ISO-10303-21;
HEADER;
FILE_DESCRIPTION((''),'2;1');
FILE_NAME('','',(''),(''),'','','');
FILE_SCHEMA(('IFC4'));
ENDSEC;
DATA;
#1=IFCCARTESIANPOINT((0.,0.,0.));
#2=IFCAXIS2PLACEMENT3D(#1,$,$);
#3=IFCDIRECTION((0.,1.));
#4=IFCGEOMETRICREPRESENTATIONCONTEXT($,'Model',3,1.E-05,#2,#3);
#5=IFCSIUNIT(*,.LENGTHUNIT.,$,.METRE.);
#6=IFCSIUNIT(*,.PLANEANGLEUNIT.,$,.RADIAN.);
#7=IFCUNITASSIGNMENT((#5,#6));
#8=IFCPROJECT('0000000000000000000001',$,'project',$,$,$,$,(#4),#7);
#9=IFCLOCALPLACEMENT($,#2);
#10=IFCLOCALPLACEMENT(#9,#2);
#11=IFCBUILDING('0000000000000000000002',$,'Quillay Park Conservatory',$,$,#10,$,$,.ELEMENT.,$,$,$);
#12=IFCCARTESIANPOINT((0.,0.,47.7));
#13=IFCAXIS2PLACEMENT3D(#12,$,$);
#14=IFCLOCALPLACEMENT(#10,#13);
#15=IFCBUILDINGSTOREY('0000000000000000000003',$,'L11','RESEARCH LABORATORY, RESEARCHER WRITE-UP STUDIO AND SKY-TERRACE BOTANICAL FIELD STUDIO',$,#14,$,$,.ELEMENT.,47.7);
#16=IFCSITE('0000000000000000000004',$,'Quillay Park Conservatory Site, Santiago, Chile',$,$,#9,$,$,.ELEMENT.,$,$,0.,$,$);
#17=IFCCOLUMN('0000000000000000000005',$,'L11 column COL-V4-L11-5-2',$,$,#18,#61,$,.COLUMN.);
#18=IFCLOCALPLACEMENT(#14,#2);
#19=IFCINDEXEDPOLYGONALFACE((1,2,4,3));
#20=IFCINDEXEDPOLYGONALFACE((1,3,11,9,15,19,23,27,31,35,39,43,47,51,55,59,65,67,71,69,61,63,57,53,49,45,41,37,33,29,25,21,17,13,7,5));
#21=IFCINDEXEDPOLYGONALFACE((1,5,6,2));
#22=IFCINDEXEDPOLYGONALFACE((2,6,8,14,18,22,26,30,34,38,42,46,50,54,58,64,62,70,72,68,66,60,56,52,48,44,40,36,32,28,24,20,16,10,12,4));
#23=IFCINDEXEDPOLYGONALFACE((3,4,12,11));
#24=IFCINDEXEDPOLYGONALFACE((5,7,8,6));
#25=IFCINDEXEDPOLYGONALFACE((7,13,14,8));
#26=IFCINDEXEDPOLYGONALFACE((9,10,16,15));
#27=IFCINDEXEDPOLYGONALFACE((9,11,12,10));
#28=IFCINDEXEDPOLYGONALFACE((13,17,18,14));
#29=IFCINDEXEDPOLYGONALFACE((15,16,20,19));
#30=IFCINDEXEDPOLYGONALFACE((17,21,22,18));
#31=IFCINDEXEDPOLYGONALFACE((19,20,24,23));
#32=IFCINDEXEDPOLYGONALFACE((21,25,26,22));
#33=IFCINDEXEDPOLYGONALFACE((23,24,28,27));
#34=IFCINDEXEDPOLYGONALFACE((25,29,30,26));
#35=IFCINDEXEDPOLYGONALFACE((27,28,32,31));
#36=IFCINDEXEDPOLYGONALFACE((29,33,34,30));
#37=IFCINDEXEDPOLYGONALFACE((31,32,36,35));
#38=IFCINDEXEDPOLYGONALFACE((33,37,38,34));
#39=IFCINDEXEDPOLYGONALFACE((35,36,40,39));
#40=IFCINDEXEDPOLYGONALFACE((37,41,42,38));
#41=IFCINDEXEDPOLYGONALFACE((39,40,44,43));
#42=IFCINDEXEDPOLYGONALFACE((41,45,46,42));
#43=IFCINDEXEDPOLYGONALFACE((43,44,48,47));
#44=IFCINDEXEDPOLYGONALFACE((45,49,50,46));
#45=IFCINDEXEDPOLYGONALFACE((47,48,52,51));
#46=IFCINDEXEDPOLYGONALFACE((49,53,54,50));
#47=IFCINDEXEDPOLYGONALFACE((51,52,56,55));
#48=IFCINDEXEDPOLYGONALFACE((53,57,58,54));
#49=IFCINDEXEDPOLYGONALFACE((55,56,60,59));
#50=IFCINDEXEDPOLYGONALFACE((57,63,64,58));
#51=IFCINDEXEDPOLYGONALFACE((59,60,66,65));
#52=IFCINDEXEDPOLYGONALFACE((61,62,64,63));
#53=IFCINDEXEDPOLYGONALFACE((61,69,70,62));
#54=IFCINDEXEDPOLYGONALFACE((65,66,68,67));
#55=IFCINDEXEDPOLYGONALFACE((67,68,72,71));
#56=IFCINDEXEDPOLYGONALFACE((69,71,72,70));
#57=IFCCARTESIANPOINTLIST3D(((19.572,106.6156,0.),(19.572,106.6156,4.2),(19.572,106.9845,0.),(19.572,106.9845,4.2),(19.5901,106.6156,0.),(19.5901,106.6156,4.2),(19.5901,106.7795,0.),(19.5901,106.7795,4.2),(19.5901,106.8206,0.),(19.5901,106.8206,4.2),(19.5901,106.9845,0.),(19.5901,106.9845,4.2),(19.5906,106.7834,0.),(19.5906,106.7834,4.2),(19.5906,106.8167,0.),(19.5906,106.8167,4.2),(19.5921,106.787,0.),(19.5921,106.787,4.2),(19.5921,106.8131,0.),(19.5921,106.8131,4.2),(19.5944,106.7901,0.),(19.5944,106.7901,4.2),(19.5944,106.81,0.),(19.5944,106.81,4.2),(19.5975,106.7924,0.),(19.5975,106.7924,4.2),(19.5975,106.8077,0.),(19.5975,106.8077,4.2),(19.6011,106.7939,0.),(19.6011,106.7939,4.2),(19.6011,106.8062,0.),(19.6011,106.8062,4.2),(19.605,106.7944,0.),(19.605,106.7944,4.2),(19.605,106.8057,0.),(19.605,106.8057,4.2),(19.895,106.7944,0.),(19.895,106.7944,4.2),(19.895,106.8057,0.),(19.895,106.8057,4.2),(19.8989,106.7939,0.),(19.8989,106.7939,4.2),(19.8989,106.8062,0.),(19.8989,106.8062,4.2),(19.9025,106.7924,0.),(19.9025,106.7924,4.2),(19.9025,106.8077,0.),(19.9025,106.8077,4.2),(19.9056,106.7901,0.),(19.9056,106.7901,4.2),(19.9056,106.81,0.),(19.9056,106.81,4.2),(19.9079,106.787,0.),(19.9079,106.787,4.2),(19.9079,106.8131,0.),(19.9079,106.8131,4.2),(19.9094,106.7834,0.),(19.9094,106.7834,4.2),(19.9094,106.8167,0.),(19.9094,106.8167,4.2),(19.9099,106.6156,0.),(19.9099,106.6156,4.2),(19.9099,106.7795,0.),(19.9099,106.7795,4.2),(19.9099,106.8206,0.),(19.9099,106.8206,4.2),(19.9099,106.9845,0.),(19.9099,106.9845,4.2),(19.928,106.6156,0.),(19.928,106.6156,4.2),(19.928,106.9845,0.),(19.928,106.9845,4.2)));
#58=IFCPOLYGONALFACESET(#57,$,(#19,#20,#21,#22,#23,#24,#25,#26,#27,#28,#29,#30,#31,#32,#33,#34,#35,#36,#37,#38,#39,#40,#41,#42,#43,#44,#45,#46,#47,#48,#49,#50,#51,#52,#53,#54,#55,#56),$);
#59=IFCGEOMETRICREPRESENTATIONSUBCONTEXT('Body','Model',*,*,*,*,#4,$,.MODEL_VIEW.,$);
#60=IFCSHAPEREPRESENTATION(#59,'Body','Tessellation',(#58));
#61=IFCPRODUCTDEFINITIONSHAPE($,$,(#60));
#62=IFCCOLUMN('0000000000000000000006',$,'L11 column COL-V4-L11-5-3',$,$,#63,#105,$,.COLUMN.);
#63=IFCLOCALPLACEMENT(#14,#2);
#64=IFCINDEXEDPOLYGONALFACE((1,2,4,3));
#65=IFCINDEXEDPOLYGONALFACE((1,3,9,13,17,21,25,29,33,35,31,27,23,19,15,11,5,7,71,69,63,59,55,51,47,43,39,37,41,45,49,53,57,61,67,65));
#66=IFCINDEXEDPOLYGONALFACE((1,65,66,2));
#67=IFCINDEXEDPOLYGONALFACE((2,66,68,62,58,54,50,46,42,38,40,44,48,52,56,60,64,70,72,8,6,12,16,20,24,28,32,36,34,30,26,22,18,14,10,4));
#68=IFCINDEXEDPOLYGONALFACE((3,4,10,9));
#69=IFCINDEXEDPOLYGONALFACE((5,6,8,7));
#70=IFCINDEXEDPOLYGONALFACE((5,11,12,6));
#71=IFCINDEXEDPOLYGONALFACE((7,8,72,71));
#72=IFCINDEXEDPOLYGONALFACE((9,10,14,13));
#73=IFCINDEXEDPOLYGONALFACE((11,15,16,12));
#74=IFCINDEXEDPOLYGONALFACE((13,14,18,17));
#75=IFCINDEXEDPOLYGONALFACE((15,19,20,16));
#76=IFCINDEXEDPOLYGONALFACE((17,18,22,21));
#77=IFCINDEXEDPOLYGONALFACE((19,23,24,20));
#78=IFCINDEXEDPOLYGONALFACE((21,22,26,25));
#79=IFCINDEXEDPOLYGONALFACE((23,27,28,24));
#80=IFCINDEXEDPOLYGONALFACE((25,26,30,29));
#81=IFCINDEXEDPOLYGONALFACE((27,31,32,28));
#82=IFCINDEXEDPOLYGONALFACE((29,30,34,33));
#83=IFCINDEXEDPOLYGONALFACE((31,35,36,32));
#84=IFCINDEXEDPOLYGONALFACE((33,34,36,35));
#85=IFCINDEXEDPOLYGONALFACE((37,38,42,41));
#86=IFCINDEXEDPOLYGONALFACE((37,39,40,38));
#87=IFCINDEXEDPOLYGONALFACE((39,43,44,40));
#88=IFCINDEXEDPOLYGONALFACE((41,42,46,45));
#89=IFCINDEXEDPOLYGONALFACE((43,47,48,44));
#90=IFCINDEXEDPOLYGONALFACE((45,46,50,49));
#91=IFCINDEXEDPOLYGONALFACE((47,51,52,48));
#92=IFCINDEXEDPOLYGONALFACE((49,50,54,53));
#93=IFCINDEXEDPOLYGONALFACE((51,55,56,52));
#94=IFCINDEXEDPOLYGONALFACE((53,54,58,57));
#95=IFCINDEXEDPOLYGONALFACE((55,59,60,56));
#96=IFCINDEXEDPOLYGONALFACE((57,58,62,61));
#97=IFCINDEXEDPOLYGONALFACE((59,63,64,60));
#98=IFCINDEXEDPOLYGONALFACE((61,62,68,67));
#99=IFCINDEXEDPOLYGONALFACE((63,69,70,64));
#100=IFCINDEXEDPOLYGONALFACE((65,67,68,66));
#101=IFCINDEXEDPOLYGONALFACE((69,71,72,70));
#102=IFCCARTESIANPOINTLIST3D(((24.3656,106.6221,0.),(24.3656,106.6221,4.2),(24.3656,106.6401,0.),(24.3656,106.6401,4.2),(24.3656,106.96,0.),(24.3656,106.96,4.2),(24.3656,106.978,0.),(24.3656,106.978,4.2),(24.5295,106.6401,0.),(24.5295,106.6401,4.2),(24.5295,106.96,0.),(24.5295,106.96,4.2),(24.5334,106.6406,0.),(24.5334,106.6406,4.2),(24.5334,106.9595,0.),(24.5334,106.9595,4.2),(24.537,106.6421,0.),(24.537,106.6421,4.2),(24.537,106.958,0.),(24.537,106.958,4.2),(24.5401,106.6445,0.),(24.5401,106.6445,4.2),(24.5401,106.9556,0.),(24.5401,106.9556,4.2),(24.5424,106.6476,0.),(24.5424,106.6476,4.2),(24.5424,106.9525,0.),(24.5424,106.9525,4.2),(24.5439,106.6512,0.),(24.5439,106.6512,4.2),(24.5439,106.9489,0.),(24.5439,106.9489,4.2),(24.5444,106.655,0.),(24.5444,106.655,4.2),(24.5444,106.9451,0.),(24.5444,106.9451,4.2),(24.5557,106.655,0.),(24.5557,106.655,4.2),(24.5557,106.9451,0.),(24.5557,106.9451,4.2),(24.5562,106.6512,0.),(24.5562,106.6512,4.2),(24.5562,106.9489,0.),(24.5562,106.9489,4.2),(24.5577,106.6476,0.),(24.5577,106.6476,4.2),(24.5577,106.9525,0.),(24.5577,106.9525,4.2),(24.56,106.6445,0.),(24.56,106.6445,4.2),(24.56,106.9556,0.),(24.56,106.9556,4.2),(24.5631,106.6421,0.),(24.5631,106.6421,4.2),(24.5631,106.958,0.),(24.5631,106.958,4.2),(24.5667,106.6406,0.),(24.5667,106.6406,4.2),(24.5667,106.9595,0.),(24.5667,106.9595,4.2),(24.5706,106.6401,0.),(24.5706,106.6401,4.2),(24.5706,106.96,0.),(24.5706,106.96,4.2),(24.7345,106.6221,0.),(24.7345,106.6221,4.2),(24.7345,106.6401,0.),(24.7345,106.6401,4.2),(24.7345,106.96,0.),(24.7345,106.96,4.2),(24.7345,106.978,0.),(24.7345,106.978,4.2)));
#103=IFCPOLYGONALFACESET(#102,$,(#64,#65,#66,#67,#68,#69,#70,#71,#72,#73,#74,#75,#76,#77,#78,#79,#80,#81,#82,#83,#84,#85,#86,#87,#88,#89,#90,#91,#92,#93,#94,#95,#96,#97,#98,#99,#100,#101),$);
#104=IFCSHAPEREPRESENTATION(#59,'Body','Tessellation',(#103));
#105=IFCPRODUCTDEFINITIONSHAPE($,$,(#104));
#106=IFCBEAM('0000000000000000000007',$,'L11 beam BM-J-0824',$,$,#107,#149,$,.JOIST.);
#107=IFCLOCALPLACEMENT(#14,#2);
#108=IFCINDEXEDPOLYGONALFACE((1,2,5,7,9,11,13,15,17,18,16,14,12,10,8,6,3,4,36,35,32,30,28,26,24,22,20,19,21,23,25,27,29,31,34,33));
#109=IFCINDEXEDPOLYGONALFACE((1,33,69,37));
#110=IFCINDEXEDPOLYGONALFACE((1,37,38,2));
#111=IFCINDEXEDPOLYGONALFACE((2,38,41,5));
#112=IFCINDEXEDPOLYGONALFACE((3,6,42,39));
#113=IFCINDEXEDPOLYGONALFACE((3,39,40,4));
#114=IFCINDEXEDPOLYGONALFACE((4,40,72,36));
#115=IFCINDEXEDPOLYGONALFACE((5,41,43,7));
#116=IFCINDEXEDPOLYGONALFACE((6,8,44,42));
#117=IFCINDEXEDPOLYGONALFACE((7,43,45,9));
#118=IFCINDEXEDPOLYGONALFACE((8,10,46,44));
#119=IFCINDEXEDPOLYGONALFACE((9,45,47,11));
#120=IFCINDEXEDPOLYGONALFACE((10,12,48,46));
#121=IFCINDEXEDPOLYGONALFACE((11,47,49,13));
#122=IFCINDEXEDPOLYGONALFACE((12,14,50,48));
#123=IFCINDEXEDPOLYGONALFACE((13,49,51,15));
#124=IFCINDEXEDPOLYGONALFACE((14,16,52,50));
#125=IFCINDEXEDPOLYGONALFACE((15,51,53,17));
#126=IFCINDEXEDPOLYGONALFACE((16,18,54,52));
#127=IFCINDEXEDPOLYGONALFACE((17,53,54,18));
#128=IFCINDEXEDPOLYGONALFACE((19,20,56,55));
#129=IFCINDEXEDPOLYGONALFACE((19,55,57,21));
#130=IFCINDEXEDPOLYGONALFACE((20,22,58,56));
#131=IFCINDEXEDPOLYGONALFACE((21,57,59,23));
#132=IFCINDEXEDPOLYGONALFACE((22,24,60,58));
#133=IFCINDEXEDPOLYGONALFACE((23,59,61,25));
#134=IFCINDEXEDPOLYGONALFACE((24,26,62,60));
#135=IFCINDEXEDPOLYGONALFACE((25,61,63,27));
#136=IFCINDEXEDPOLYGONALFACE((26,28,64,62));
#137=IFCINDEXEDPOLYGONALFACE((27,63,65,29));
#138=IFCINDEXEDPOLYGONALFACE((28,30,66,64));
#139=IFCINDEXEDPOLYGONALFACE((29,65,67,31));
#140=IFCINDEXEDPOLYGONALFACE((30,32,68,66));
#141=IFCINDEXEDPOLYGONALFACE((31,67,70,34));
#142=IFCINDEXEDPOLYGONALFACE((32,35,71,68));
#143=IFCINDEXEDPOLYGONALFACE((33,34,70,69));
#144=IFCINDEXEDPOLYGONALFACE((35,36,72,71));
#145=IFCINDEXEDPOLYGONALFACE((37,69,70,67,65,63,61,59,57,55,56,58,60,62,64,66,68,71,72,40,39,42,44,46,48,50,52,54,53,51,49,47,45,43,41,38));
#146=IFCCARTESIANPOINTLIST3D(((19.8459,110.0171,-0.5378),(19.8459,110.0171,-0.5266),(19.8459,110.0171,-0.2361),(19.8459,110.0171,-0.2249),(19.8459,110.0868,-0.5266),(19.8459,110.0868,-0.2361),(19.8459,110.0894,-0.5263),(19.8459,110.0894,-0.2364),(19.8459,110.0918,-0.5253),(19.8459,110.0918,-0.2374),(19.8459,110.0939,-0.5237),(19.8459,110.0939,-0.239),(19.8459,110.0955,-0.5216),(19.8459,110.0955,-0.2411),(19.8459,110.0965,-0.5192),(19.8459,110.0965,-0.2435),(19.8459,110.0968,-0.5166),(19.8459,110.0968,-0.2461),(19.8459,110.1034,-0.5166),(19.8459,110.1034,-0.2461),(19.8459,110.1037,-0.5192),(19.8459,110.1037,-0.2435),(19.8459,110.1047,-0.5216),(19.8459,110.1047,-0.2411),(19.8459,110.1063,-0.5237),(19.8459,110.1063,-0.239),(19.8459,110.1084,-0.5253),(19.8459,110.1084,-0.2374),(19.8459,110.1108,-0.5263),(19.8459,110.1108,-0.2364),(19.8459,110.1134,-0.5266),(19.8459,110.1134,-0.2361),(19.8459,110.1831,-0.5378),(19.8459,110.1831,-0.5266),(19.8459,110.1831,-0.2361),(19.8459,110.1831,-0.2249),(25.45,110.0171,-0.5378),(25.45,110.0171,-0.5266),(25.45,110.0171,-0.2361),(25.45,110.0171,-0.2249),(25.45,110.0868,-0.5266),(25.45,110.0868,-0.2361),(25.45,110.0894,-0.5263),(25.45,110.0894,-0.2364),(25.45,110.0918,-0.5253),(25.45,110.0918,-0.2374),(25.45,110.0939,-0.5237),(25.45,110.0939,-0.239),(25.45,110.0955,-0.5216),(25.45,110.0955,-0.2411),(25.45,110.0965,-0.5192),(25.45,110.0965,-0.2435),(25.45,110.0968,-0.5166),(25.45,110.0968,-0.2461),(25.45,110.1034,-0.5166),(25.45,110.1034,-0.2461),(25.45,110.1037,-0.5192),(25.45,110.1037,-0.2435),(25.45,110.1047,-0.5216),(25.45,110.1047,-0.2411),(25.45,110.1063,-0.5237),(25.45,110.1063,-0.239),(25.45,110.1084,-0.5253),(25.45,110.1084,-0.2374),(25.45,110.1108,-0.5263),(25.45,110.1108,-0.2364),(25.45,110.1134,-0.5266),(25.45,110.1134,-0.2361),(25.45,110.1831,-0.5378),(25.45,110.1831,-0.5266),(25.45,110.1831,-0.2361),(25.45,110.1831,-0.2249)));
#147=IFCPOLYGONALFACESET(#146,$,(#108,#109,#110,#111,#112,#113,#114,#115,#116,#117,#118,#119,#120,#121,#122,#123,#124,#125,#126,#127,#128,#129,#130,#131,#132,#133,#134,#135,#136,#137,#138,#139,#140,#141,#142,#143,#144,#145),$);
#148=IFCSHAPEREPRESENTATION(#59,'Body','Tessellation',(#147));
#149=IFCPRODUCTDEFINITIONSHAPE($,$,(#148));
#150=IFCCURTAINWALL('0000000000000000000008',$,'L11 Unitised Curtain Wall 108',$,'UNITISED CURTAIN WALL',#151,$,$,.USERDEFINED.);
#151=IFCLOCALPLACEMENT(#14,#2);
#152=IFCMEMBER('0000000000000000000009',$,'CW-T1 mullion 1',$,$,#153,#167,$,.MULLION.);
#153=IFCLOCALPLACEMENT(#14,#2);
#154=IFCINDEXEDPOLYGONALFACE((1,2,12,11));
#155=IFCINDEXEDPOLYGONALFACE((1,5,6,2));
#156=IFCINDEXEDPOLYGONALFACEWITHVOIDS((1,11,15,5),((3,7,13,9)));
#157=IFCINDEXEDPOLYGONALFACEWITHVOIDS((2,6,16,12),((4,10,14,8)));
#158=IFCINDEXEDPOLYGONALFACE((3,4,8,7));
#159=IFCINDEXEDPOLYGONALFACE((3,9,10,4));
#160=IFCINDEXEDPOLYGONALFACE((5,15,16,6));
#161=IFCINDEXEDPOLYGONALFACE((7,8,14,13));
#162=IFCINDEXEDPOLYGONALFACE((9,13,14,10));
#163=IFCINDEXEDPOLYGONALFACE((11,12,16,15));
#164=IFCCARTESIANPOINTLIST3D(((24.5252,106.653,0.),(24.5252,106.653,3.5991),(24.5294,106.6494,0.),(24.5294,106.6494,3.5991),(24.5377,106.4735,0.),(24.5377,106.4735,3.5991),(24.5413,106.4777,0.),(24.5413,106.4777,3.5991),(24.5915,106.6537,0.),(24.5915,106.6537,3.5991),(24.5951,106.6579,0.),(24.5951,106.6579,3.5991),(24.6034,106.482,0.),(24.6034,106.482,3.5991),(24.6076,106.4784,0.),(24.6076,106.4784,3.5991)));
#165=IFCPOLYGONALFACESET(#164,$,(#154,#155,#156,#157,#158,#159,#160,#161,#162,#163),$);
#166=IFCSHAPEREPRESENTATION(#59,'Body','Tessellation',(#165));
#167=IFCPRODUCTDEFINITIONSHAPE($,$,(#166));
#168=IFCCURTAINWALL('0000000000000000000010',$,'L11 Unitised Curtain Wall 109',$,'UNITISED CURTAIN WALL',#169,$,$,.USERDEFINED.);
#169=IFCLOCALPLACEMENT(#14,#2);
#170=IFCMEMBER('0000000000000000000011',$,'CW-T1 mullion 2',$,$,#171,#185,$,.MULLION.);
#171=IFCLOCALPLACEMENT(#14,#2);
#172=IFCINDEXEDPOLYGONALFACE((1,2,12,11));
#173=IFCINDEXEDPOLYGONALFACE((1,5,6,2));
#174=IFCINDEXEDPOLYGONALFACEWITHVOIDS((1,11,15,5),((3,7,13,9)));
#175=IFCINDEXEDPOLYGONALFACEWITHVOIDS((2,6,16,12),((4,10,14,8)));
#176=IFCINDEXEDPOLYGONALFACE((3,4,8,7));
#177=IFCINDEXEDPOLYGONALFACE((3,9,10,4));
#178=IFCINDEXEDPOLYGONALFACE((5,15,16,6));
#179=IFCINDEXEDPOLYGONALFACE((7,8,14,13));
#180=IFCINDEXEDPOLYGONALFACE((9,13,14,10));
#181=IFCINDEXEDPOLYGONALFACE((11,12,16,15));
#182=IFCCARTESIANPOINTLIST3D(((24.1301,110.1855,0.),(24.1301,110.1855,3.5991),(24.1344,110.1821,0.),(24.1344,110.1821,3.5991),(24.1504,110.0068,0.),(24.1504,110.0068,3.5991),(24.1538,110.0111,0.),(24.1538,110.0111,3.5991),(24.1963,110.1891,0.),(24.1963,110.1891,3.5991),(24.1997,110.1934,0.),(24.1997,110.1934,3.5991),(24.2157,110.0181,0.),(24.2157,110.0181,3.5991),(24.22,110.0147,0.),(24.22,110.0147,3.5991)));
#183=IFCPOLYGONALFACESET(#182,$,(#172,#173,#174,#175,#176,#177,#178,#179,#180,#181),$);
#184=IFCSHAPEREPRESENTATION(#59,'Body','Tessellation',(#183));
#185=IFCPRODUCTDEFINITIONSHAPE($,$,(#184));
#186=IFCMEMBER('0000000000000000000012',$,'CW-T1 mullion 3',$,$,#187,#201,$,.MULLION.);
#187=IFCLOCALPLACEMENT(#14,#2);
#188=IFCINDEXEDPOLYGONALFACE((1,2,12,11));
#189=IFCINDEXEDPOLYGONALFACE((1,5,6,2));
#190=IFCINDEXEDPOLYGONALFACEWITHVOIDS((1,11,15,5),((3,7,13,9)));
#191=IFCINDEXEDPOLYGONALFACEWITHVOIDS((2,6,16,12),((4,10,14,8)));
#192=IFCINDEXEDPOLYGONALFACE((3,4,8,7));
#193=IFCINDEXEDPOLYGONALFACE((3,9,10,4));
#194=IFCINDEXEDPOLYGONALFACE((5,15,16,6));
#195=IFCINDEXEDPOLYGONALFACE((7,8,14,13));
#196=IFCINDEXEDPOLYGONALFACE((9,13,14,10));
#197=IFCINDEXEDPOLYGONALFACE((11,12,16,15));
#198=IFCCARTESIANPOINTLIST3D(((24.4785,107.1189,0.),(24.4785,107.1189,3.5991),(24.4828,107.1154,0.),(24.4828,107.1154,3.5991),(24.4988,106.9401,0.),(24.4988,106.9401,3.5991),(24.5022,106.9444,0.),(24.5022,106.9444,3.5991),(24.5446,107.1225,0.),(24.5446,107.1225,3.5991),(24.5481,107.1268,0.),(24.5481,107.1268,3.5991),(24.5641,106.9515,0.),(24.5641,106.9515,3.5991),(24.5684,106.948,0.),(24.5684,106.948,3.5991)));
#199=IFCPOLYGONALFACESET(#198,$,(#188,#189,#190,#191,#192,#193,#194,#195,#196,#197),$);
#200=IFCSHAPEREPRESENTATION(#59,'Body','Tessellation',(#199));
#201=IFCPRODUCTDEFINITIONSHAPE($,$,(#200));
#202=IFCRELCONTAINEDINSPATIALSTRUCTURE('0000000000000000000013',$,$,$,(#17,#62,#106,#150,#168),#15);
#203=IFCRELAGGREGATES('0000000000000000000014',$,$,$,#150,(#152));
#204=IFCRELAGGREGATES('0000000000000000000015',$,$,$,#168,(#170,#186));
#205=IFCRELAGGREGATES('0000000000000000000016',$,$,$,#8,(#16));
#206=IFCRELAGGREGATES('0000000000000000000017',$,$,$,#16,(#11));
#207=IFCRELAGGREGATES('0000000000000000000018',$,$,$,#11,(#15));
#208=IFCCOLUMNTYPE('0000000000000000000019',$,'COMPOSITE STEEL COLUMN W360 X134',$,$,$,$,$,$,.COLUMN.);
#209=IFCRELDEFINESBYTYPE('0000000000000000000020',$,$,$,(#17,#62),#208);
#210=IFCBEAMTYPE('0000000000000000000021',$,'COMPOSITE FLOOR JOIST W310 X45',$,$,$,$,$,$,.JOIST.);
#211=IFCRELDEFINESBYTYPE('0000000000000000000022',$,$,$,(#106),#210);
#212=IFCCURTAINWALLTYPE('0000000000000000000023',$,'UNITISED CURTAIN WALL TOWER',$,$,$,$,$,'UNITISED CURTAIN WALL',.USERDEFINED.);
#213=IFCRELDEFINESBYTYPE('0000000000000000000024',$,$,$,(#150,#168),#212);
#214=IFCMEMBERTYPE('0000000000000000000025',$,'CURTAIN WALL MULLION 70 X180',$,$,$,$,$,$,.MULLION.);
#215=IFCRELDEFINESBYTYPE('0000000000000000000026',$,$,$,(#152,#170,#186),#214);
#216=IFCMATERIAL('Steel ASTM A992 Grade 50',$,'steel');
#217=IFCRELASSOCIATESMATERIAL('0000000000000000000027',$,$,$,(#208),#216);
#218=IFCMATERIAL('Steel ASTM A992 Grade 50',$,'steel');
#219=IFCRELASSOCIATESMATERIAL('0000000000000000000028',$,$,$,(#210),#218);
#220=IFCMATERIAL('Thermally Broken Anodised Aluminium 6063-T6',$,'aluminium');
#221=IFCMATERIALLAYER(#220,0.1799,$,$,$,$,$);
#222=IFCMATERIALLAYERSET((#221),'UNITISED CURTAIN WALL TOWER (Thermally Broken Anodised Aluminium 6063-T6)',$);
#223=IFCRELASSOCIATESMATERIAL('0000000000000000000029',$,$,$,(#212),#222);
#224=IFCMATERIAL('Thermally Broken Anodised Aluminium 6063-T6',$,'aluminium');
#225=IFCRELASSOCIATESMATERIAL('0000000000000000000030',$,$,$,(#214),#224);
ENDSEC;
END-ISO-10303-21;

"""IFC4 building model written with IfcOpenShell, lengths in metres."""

from ifc_helpers import new_model, si_unit, direction, frame, origin, origin_2d, place, context, subcontext, project, spatial, hollow_rectangle, i_section, extrude, material, layer, layer_set, material_profile, profile_set, type_object, element, aggregate, save


model = new_model("IFC4")

# Units and contexts
model_context = context("Model", 3, precision=1e-05, world=origin(), true_north=direction((0.0, 1.0)))
body_context = subcontext(model_context, "Body", "Model", "MODEL_VIEW")
ifc_project = project(units=[si_unit("LENGTHUNIT", "METRE"), si_unit("PLANEANGLEUNIT", "RADIAN")], contexts=[model_context])

# Site, building, storey
site_placement = place(None, origin())
site = spatial("IfcSite", under=ifc_project, at=site_placement, Name="Quillay Park Conservatory Site, Santiago, Chile", CompositionType="ELEMENT", RefElevation=0.0)
building_placement = place(site_placement, origin())
building = spatial("IfcBuilding", under=site, at=building_placement, Name="Quillay Park Conservatory", CompositionType="ELEMENT")
storey_placement = place(building_placement, frame((0.0, 0.0, 47.7)))
storey = spatial("IfcBuildingStorey", under=building, at=storey_placement, Name="L11", Description="RESEARCH LABORATORY, RESEARCHER WRITE-UP STUDIO AND SKY-TERRACE BOTANICAL FIELD STUDIO", CompositionType="ELEMENT", Elevation=47.7)

# Columns
ifc_material_1 = material(Name="Steel ASTM A992 Grade 50", Category="steel")
ifc_material_profile_1 = material_profile(ifc_material_1, i_section(OverallWidth=0.3689, OverallDepth=0.356, WebThickness=0.0112, FlangeThickness=0.0181, FilletRadius=0.0149, at=origin_2d()), Name="W360x134")
ifc_profile_set_1 = profile_set([ifc_material_profile_1], Name="Steel ASTM A992 Grade 50")
column_type = type_object("IfcColumnType", Name="COMPOSITE STEEL COLUMN W360 X134", PredefinedType="COLUMN", material=ifc_profile_set_1)
for number, where, z_axis, x_axis, name in (
    (1, (19.75, 106.8, 0.0), (0.0, 0.0, 1.0), (0.0, 1.0, 0.0), "L11 column COL-V4-L11-5-2"),
    (2, (24.55, 106.8, 0.0), (0.0, 0.0, 1.0), (1.0, 0.0, 0.0), "L11 column COL-V4-L11-5-3"),
):
    element("IfcColumn", number, at=place(storey_placement, frame(where, z_axis=z_axis, x_axis=x_axis)), inside=storey, type_object=column_type, Name=name, PredefinedType="COLUMN", context=body_context, shape_type="SweptSolid", body=[
        extrude(i_section(OverallWidth=0.3689, OverallDepth=0.356, WebThickness=0.0112, FlangeThickness=0.0181, FilletRadius=0.0149, at=origin_2d()), origin(), (0.0, 0.0, 1.0), 4.2),
    ])

# Beam
ifc_material_2 = material(Name="Steel ASTM A992 Grade 50", Category="steel")
ifc_material_profile_2 = material_profile(ifc_material_2, i_section(OverallWidth=0.166, OverallDepth=0.313, WebThickness=0.0066, FlangeThickness=0.0112, FilletRadius=0.01, at=origin_2d()), Name="W310x45")
ifc_profile_set_2 = profile_set([ifc_material_profile_2], Name="Steel ASTM A992 Grade 50")
beam_type_1 = type_object("IfcBeamType", Name="COMPOSITE FLOOR JOIST W310 X45", PredefinedType="JOIST", material=ifc_profile_set_2)
beam_1_placement = place(storey_placement, frame((19.8459, 110.1001, -0.3813), z_axis=(1.0, 0.0, 0.0), x_axis=(0.0, 1.0, 0.0)))
element("IfcBeam", 3, at=beam_1_placement, inside=storey, type_object=beam_type_1, Name="L11 beam BM-J-0824", PredefinedType="JOIST", context=body_context, shape_type="SweptSolid", body=[
    extrude(i_section(OverallWidth=0.166, OverallDepth=0.313, WebThickness=0.0066, FlangeThickness=0.0112, FilletRadius=0.01, at=origin_2d()), origin(), (0.0, 0.0, 1.0), 5.604),
])

# Curtain wall, member
ifc_material_3 = material(Name="Thermally Broken Anodised Aluminium 6063-T6", Category="aluminium")
ifc_layer_1 = layer(ifc_material_3, 0.1799)
ifc_layer_set_1 = layer_set([ifc_layer_1], Name="UNITISED CURTAIN WALL TOWER (Thermally Broken Anodised Aluminium 6063-T6)")
curtain_wall_type = type_object("IfcCurtainWallType", Name="UNITISED CURTAIN WALL TOWER", ElementType="UNITISED CURTAIN WALL", PredefinedType="USERDEFINED", material=ifc_layer_set_1)
curtain_wall_1_placement = place(storey_placement, origin())
curtain_wall_1 = element("IfcCurtainWall", 4, at=curtain_wall_1_placement, inside=storey, type_object=curtain_wall_type, Name="L11 Unitised Curtain Wall 108", ObjectType="UNITISED CURTAIN WALL", PredefinedType="USERDEFINED")
ifc_material_4 = material(Name="Thermally Broken Anodised Aluminium 6063-T6", Category="aluminium")
ifc_material_profile_3 = material_profile(ifc_material_4, hollow_rectangle(XDim=0.0701, YDim=0.1799, WallThickness=0.0039, at=origin_2d()), Name="AL70x180x4")
ifc_profile_set_3 = profile_set([ifc_material_profile_3], Name="Thermally Broken Anodised Aluminium 6063-T6")
member_type_1 = type_object("IfcMemberType", Name="CURTAIN WALL MULLION 70 X180", PredefinedType="MULLION", material=ifc_profile_set_3)
member_1_placement = place(storey_placement, frame((24.5664, 106.5657, 0.0), z_axis=(0.0, 0.0, 1.0), x_axis=(0.997598, 0.069264, 0.0)))
member_1 = element("IfcMember", 5, at=member_1_placement, type_object=member_type_1, Name="CW-T1 mullion 1", PredefinedType="MULLION", context=body_context, shape_type="SweptSolid", body=[
    extrude(hollow_rectangle(XDim=0.0701, YDim=0.1799, WallThickness=0.0039, at=origin_2d()), origin(), (0.0, 0.0, 1.0), 3.5991),
])

# Curtain wall, members
curtain_wall_2_placement = place(storey_placement, origin())
curtain_wall_2 = element("IfcCurtainWall", 6, at=curtain_wall_2_placement, inside=storey, type_object=curtain_wall_type, Name="L11 Unitised Curtain Wall 109", ObjectType="UNITISED CURTAIN WALL", PredefinedType="USERDEFINED")
member_2_placement = place(storey_placement, frame((24.175, 110.1001, 0.0), z_axis=(0.0, 0.0, 1.0), x_axis=(0.993606, 0.112903, 0.0)))
member_2 = element("IfcMember", 7, at=member_2_placement, type_object=member_type_1, Name="CW-T1 mullion 2", PredefinedType="MULLION", context=body_context, shape_type="SweptSolid", body=[
    extrude(hollow_rectangle(XDim=0.0701, YDim=0.1799, WallThickness=0.0039, at=origin_2d()), origin(), (0.0, 0.0, 1.0), 3.5991),
])
member_3_placement = place(storey_placement, frame((24.5234, 107.0334, 0.0), z_axis=(0.0, 0.0, 1.0), x_axis=(0.993606, 0.112903, 0.0)))
member_3 = element("IfcMember", 8, at=member_3_placement, type_object=member_type_1, Name="CW-T1 mullion 3", PredefinedType="MULLION", context=body_context, shape_type="SweptSolid", body=[
    extrude(hollow_rectangle(XDim=0.0701, YDim=0.1799, WallThickness=0.0039, at=origin_2d()), origin(), (0.0, 0.0, 1.0), 3.5991),
])

aggregate(curtain_wall_1, [member_1])
aggregate(curtain_wall_2, [member_2, member_3])

save(model, "model.ifc")
